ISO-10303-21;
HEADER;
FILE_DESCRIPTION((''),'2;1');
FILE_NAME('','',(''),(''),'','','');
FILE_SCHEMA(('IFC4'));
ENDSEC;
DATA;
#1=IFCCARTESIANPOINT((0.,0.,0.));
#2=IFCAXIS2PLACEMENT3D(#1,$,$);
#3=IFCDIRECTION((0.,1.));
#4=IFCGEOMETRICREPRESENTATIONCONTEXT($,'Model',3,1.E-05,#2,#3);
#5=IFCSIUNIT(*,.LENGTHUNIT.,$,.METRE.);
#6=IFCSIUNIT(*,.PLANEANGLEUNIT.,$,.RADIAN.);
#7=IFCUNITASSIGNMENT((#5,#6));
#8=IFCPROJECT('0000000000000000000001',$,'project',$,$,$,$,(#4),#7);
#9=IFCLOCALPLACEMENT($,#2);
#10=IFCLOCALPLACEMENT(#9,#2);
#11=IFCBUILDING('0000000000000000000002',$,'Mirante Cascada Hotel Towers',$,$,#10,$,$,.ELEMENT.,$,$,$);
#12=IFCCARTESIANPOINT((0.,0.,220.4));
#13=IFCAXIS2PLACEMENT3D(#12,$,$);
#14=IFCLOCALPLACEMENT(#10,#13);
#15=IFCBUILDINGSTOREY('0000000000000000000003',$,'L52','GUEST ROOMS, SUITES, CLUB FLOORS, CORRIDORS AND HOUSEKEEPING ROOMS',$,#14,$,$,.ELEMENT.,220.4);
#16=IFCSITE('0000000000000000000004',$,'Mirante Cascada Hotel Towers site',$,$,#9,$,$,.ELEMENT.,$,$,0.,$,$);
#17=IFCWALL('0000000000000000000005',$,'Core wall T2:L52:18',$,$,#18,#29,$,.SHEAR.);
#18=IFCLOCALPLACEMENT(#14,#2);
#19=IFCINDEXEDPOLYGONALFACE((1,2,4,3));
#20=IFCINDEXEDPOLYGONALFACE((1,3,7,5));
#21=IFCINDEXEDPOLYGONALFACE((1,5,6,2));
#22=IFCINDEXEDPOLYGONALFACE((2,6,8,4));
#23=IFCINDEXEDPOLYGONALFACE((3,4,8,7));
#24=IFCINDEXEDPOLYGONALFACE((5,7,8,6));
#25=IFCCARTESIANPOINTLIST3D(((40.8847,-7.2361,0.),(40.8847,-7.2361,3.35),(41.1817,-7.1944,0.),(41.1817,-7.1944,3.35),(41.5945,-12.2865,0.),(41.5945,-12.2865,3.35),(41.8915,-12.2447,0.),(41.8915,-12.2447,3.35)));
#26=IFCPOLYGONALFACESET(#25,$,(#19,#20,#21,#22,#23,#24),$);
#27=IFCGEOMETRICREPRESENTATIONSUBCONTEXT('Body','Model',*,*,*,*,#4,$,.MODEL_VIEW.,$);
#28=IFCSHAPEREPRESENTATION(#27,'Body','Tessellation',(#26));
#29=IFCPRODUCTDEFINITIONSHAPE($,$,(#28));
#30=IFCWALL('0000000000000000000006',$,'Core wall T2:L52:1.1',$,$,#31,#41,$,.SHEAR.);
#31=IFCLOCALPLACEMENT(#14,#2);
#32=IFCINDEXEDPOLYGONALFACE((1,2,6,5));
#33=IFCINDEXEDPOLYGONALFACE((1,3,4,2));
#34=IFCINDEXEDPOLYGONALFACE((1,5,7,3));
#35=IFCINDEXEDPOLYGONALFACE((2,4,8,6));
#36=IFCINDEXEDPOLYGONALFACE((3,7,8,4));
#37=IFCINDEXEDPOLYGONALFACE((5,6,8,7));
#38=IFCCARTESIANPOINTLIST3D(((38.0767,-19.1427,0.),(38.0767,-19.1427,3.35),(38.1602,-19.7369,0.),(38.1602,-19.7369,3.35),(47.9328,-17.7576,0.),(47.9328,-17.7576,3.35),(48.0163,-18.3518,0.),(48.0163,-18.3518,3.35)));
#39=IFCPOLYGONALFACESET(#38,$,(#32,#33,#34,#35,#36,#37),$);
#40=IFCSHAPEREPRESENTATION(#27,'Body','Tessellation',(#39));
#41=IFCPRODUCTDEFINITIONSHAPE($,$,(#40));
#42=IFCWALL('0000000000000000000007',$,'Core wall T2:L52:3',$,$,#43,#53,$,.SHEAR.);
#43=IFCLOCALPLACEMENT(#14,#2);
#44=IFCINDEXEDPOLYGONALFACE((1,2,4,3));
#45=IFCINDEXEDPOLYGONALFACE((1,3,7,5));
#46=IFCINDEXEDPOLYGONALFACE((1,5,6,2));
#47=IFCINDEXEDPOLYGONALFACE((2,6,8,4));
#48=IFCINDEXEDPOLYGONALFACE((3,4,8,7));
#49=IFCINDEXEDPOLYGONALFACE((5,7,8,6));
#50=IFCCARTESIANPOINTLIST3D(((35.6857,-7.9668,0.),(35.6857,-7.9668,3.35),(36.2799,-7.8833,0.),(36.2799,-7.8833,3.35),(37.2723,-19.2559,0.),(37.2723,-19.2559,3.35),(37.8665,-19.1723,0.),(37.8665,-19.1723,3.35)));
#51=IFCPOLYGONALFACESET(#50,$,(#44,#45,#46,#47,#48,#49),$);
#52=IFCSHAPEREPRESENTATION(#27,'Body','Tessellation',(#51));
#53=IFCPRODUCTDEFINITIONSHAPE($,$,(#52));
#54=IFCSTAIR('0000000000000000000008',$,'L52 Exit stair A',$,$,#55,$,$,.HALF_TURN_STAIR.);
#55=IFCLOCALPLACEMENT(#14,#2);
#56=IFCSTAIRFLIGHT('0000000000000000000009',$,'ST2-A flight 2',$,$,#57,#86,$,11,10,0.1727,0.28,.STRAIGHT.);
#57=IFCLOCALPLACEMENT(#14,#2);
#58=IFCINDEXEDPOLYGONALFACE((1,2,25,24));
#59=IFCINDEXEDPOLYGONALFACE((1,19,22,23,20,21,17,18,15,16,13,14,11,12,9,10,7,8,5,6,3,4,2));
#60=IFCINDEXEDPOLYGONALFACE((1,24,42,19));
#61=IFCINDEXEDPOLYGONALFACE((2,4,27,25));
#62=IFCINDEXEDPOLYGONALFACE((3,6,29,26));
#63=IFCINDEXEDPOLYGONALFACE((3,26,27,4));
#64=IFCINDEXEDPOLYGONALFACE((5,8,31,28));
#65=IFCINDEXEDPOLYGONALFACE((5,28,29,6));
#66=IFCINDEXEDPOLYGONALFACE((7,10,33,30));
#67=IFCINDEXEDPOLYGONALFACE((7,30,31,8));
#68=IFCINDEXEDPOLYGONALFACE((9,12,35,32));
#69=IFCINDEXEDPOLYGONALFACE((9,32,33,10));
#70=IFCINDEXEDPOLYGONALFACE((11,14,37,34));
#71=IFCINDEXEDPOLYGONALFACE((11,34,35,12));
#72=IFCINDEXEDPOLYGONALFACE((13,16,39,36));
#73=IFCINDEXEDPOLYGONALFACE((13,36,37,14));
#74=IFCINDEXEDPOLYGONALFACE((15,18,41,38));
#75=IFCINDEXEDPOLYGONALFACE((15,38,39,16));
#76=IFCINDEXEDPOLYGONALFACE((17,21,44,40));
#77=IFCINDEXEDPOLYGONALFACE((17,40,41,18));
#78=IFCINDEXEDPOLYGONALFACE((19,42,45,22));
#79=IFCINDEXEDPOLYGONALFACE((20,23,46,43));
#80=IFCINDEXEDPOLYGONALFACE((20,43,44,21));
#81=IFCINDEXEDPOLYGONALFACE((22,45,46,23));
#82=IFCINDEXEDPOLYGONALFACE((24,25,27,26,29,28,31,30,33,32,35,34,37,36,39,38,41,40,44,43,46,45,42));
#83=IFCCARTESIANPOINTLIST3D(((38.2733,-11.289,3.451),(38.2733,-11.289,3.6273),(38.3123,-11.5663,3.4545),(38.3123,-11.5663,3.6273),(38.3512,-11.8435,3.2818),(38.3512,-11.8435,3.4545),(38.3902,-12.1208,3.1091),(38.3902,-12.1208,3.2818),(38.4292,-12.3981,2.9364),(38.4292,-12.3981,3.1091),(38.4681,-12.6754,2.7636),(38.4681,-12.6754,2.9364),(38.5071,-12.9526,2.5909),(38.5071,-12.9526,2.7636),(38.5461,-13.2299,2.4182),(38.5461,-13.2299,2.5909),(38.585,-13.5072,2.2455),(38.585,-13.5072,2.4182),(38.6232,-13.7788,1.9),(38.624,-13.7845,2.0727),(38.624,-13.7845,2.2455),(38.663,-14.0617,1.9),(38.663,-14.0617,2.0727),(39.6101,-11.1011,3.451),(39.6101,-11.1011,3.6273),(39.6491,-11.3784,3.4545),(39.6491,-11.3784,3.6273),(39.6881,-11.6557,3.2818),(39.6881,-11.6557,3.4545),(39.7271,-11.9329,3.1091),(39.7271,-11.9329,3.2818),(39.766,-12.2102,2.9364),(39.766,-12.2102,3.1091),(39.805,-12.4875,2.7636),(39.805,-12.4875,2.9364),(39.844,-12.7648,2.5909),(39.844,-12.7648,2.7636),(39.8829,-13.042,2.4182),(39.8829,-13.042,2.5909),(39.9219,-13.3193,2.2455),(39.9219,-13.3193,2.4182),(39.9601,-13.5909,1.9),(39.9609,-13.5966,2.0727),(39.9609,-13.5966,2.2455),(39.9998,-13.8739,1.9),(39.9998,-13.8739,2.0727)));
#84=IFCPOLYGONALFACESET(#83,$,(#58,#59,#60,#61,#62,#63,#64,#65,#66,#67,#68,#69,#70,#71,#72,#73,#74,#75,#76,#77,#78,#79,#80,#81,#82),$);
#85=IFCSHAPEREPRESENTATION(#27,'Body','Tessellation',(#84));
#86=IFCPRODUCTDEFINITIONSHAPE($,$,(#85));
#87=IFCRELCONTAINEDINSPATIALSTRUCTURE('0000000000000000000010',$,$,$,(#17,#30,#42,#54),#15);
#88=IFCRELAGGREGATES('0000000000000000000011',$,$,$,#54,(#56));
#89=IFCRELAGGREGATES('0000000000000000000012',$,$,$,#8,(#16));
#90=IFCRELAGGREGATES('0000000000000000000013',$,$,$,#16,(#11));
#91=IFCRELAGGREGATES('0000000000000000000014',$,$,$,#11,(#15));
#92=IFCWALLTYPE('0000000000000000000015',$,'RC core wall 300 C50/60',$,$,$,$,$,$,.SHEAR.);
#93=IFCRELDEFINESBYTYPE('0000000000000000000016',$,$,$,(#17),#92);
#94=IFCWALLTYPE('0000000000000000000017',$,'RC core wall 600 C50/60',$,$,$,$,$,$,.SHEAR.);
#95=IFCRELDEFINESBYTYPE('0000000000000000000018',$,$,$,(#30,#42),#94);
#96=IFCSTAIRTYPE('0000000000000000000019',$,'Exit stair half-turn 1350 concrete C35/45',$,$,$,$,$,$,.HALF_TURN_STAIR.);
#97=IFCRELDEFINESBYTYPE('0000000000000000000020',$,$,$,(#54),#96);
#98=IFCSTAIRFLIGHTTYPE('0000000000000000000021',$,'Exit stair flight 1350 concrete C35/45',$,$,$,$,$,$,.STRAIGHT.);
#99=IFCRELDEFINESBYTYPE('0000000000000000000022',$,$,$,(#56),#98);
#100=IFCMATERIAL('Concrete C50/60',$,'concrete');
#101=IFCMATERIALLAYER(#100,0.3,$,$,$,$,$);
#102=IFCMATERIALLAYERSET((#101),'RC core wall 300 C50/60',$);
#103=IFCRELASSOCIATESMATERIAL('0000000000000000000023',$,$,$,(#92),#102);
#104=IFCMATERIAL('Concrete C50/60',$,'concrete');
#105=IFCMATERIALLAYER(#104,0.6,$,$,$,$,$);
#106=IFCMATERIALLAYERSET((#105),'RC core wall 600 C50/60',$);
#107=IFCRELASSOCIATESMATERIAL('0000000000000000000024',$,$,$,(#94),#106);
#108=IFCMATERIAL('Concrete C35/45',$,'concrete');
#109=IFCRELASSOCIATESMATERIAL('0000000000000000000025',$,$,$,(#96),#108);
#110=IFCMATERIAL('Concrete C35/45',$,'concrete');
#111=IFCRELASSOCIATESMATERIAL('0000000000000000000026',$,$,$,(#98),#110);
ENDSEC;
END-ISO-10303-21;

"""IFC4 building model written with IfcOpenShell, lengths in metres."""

from ifc_helpers import new_model, si_unit, direction, frame, frame_2d, origin, place, context, subcontext, project, spatial, polyline, rectangle, outline, extrude, material, layer, layer_set, type_object, element, aggregate, save


model = new_model("IFC4")

# Units and contexts
model_context = context("Model", 3, precision=1e-05, world=origin(), true_north=direction((0.0, 1.0)))
body_context = subcontext(model_context, "Body", "Model", "MODEL_VIEW")
ifc_project = project(units=[si_unit("LENGTHUNIT", "METRE"), si_unit("PLANEANGLEUNIT", "RADIAN")], contexts=[model_context])

# Site, building, storey
site_placement = place(None, origin())
site = spatial("IfcSite", under=ifc_project, at=site_placement, Name="Mirante Cascada Hotel Towers site", CompositionType="ELEMENT", RefElevation=0.0)
building_placement = place(site_placement, origin())
building = spatial("IfcBuilding", under=site, at=building_placement, Name="Mirante Cascada Hotel Towers", CompositionType="ELEMENT")
storey_placement = place(building_placement, frame((0.0, 0.0, 220.4)))
storey = spatial("IfcBuildingStorey", under=building, at=storey_placement, Name="L52", Description="GUEST ROOMS, SUITES, CLUB FLOORS, CORRIDORS AND HOUSEKEEPING ROOMS", CompositionType="ELEMENT", Elevation=220.4)

# Shared definitions
ifc_material_1 = material(Name="Concrete C50/60", Category="concrete")
ifc_layer_1 = layer(ifc_material_1, 0.3)
ifc_layer_set_1 = layer_set([ifc_layer_1], Name="RC core wall 300 C50/60")
wall_type_1 = type_object("IfcWallType", Name="RC core wall 300 C50/60", PredefinedType="SHEAR", material=ifc_layer_set_1)

# Walls
wall_1_placement = place(storey_placement, frame((41.743, -12.2656, 0.0), z_axis=(0.0, 0.0, 1.0), x_axis=(-0.139176, 0.990268, 0.0)))
element("IfcWall", 1, at=wall_1_placement, inside=storey, type_object=wall_type_1, Name="Core wall T2:L52:18", PredefinedType="SHEAR", context=body_context, shape_type="SweptSolid", body=[
    extrude(rectangle(XDim=5.1, YDim=0.3, at=frame_2d((2.55, 0.0))), origin(), (0.0, 0.0, 1.0), 3.35),
])
ifc_material_2 = material(Name="Concrete C50/60", Category="concrete")
ifc_layer_2 = layer(ifc_material_2, 0.6)
ifc_layer_set_2 = layer_set([ifc_layer_2], Name="RC core wall 600 C50/60")
wall_type_2 = type_object("IfcWallType", Name="RC core wall 600 C50/60", PredefinedType="SHEAR", material=ifc_layer_set_2)
wall_2_placement = place(storey_placement, frame((38.1185, -19.4398, 0.0), z_axis=(0.0, 0.0, 1.0), x_axis=(0.990269, 0.139165, 0.0)))
element("IfcWall", 2, at=wall_2_placement, inside=storey, type_object=wall_type_2, Name="Core wall T2:L52:1.1", PredefinedType="SHEAR", context=body_context, shape_type="SweptSolid", body=[
    extrude(rectangle(XDim=9.9529, YDim=0.6, at=frame_2d((4.9764, 0.0))), origin(), (0.0, 0.0, 1.0), 3.35),
])
wall_3_placement = place(storey_placement, frame((37.5694, -19.2141, 0.0), z_axis=(0.0, 0.0, 1.0), x_axis=(-0.139175, 0.990268, 0.0)))
element("IfcWall", 3, at=wall_3_placement, inside=storey, type_object=wall_type_2, Name="Core wall T2:L52:3", PredefinedType="SHEAR", context=body_context, shape_type="SweptSolid", body=[
    extrude(rectangle(XDim=11.4, YDim=0.6, at=frame_2d((5.7, 0.0))), origin(), (0.0, 0.0, 1.0), 3.35),
])

# Stair, stair flight
ifc_material_3 = material(Name="Concrete C35/45", Category="concrete")
stair_type = type_object("IfcStairType", Name="Exit stair half-turn 1350 concrete C35/45", PredefinedType="HALF_TURN_STAIR", material=ifc_material_3)
stair_placement = place(storey_placement, origin())
stair = element("IfcStair", 4, at=stair_placement, inside=storey, type_object=stair_type, Name="L52 Exit stair A", PredefinedType="HALF_TURN_STAIR")
ifc_material_4 = material(Name="Concrete C35/45", Category="concrete")
stair_flight_type = type_object("IfcStairFlightType", Name="Exit stair flight 1350 concrete C35/45", PredefinedType="STRAIGHT", material=ifc_material_4)
stair_flight_placement = place(storey_placement, frame((39.3314, -13.9678, 1.9), z_axis=(0.0, 0.0, 1.0), x_axis=(-0.139173, 0.990268, 0.0)))
stair_flight = element("IfcStairFlight", 5, at=stair_flight_placement, type_object=stair_flight_type, Name="ST2-A flight 2", NumberOfRisers=11, NumberOfTreads=10, PredefinedType="STRAIGHT", RiserHeight=0.1727, TreadLength=0.28, context=body_context, shape_type="SweptSolid", body=[
    extrude(outline(polyline([(0.0, 0.0), (0.0, 0.1727), (0.28, 0.1727), (0.28, 0.3455), (0.56, 0.3455), (0.56, 0.5182), (0.84, 0.5182), (0.84, 0.6909), (1.12, 0.6909), (1.12, 0.8636), (1.4, 0.8636), (1.4, 1.0364), (1.68, 1.0364), (1.68, 1.2091), (1.96, 1.2091), (1.96, 1.3818), (2.24, 1.3818), (2.24, 1.5545), (2.52, 1.5545), (2.52, 1.7273), (2.8, 1.7273), (2.8, 1.9), (2.8, 1.551), (0.2857, 0.0), (0.0, 0.0)])), frame((0.0, 0.675, 0.0), z_axis=(0.0, -1.0, 0.0), x_axis=(1.0, 0.0, 0.0)), (0.0, 0.0, 1.0), 1.35),
])
aggregate(stair, [stair_flight])

save(model, "model.ifc")
